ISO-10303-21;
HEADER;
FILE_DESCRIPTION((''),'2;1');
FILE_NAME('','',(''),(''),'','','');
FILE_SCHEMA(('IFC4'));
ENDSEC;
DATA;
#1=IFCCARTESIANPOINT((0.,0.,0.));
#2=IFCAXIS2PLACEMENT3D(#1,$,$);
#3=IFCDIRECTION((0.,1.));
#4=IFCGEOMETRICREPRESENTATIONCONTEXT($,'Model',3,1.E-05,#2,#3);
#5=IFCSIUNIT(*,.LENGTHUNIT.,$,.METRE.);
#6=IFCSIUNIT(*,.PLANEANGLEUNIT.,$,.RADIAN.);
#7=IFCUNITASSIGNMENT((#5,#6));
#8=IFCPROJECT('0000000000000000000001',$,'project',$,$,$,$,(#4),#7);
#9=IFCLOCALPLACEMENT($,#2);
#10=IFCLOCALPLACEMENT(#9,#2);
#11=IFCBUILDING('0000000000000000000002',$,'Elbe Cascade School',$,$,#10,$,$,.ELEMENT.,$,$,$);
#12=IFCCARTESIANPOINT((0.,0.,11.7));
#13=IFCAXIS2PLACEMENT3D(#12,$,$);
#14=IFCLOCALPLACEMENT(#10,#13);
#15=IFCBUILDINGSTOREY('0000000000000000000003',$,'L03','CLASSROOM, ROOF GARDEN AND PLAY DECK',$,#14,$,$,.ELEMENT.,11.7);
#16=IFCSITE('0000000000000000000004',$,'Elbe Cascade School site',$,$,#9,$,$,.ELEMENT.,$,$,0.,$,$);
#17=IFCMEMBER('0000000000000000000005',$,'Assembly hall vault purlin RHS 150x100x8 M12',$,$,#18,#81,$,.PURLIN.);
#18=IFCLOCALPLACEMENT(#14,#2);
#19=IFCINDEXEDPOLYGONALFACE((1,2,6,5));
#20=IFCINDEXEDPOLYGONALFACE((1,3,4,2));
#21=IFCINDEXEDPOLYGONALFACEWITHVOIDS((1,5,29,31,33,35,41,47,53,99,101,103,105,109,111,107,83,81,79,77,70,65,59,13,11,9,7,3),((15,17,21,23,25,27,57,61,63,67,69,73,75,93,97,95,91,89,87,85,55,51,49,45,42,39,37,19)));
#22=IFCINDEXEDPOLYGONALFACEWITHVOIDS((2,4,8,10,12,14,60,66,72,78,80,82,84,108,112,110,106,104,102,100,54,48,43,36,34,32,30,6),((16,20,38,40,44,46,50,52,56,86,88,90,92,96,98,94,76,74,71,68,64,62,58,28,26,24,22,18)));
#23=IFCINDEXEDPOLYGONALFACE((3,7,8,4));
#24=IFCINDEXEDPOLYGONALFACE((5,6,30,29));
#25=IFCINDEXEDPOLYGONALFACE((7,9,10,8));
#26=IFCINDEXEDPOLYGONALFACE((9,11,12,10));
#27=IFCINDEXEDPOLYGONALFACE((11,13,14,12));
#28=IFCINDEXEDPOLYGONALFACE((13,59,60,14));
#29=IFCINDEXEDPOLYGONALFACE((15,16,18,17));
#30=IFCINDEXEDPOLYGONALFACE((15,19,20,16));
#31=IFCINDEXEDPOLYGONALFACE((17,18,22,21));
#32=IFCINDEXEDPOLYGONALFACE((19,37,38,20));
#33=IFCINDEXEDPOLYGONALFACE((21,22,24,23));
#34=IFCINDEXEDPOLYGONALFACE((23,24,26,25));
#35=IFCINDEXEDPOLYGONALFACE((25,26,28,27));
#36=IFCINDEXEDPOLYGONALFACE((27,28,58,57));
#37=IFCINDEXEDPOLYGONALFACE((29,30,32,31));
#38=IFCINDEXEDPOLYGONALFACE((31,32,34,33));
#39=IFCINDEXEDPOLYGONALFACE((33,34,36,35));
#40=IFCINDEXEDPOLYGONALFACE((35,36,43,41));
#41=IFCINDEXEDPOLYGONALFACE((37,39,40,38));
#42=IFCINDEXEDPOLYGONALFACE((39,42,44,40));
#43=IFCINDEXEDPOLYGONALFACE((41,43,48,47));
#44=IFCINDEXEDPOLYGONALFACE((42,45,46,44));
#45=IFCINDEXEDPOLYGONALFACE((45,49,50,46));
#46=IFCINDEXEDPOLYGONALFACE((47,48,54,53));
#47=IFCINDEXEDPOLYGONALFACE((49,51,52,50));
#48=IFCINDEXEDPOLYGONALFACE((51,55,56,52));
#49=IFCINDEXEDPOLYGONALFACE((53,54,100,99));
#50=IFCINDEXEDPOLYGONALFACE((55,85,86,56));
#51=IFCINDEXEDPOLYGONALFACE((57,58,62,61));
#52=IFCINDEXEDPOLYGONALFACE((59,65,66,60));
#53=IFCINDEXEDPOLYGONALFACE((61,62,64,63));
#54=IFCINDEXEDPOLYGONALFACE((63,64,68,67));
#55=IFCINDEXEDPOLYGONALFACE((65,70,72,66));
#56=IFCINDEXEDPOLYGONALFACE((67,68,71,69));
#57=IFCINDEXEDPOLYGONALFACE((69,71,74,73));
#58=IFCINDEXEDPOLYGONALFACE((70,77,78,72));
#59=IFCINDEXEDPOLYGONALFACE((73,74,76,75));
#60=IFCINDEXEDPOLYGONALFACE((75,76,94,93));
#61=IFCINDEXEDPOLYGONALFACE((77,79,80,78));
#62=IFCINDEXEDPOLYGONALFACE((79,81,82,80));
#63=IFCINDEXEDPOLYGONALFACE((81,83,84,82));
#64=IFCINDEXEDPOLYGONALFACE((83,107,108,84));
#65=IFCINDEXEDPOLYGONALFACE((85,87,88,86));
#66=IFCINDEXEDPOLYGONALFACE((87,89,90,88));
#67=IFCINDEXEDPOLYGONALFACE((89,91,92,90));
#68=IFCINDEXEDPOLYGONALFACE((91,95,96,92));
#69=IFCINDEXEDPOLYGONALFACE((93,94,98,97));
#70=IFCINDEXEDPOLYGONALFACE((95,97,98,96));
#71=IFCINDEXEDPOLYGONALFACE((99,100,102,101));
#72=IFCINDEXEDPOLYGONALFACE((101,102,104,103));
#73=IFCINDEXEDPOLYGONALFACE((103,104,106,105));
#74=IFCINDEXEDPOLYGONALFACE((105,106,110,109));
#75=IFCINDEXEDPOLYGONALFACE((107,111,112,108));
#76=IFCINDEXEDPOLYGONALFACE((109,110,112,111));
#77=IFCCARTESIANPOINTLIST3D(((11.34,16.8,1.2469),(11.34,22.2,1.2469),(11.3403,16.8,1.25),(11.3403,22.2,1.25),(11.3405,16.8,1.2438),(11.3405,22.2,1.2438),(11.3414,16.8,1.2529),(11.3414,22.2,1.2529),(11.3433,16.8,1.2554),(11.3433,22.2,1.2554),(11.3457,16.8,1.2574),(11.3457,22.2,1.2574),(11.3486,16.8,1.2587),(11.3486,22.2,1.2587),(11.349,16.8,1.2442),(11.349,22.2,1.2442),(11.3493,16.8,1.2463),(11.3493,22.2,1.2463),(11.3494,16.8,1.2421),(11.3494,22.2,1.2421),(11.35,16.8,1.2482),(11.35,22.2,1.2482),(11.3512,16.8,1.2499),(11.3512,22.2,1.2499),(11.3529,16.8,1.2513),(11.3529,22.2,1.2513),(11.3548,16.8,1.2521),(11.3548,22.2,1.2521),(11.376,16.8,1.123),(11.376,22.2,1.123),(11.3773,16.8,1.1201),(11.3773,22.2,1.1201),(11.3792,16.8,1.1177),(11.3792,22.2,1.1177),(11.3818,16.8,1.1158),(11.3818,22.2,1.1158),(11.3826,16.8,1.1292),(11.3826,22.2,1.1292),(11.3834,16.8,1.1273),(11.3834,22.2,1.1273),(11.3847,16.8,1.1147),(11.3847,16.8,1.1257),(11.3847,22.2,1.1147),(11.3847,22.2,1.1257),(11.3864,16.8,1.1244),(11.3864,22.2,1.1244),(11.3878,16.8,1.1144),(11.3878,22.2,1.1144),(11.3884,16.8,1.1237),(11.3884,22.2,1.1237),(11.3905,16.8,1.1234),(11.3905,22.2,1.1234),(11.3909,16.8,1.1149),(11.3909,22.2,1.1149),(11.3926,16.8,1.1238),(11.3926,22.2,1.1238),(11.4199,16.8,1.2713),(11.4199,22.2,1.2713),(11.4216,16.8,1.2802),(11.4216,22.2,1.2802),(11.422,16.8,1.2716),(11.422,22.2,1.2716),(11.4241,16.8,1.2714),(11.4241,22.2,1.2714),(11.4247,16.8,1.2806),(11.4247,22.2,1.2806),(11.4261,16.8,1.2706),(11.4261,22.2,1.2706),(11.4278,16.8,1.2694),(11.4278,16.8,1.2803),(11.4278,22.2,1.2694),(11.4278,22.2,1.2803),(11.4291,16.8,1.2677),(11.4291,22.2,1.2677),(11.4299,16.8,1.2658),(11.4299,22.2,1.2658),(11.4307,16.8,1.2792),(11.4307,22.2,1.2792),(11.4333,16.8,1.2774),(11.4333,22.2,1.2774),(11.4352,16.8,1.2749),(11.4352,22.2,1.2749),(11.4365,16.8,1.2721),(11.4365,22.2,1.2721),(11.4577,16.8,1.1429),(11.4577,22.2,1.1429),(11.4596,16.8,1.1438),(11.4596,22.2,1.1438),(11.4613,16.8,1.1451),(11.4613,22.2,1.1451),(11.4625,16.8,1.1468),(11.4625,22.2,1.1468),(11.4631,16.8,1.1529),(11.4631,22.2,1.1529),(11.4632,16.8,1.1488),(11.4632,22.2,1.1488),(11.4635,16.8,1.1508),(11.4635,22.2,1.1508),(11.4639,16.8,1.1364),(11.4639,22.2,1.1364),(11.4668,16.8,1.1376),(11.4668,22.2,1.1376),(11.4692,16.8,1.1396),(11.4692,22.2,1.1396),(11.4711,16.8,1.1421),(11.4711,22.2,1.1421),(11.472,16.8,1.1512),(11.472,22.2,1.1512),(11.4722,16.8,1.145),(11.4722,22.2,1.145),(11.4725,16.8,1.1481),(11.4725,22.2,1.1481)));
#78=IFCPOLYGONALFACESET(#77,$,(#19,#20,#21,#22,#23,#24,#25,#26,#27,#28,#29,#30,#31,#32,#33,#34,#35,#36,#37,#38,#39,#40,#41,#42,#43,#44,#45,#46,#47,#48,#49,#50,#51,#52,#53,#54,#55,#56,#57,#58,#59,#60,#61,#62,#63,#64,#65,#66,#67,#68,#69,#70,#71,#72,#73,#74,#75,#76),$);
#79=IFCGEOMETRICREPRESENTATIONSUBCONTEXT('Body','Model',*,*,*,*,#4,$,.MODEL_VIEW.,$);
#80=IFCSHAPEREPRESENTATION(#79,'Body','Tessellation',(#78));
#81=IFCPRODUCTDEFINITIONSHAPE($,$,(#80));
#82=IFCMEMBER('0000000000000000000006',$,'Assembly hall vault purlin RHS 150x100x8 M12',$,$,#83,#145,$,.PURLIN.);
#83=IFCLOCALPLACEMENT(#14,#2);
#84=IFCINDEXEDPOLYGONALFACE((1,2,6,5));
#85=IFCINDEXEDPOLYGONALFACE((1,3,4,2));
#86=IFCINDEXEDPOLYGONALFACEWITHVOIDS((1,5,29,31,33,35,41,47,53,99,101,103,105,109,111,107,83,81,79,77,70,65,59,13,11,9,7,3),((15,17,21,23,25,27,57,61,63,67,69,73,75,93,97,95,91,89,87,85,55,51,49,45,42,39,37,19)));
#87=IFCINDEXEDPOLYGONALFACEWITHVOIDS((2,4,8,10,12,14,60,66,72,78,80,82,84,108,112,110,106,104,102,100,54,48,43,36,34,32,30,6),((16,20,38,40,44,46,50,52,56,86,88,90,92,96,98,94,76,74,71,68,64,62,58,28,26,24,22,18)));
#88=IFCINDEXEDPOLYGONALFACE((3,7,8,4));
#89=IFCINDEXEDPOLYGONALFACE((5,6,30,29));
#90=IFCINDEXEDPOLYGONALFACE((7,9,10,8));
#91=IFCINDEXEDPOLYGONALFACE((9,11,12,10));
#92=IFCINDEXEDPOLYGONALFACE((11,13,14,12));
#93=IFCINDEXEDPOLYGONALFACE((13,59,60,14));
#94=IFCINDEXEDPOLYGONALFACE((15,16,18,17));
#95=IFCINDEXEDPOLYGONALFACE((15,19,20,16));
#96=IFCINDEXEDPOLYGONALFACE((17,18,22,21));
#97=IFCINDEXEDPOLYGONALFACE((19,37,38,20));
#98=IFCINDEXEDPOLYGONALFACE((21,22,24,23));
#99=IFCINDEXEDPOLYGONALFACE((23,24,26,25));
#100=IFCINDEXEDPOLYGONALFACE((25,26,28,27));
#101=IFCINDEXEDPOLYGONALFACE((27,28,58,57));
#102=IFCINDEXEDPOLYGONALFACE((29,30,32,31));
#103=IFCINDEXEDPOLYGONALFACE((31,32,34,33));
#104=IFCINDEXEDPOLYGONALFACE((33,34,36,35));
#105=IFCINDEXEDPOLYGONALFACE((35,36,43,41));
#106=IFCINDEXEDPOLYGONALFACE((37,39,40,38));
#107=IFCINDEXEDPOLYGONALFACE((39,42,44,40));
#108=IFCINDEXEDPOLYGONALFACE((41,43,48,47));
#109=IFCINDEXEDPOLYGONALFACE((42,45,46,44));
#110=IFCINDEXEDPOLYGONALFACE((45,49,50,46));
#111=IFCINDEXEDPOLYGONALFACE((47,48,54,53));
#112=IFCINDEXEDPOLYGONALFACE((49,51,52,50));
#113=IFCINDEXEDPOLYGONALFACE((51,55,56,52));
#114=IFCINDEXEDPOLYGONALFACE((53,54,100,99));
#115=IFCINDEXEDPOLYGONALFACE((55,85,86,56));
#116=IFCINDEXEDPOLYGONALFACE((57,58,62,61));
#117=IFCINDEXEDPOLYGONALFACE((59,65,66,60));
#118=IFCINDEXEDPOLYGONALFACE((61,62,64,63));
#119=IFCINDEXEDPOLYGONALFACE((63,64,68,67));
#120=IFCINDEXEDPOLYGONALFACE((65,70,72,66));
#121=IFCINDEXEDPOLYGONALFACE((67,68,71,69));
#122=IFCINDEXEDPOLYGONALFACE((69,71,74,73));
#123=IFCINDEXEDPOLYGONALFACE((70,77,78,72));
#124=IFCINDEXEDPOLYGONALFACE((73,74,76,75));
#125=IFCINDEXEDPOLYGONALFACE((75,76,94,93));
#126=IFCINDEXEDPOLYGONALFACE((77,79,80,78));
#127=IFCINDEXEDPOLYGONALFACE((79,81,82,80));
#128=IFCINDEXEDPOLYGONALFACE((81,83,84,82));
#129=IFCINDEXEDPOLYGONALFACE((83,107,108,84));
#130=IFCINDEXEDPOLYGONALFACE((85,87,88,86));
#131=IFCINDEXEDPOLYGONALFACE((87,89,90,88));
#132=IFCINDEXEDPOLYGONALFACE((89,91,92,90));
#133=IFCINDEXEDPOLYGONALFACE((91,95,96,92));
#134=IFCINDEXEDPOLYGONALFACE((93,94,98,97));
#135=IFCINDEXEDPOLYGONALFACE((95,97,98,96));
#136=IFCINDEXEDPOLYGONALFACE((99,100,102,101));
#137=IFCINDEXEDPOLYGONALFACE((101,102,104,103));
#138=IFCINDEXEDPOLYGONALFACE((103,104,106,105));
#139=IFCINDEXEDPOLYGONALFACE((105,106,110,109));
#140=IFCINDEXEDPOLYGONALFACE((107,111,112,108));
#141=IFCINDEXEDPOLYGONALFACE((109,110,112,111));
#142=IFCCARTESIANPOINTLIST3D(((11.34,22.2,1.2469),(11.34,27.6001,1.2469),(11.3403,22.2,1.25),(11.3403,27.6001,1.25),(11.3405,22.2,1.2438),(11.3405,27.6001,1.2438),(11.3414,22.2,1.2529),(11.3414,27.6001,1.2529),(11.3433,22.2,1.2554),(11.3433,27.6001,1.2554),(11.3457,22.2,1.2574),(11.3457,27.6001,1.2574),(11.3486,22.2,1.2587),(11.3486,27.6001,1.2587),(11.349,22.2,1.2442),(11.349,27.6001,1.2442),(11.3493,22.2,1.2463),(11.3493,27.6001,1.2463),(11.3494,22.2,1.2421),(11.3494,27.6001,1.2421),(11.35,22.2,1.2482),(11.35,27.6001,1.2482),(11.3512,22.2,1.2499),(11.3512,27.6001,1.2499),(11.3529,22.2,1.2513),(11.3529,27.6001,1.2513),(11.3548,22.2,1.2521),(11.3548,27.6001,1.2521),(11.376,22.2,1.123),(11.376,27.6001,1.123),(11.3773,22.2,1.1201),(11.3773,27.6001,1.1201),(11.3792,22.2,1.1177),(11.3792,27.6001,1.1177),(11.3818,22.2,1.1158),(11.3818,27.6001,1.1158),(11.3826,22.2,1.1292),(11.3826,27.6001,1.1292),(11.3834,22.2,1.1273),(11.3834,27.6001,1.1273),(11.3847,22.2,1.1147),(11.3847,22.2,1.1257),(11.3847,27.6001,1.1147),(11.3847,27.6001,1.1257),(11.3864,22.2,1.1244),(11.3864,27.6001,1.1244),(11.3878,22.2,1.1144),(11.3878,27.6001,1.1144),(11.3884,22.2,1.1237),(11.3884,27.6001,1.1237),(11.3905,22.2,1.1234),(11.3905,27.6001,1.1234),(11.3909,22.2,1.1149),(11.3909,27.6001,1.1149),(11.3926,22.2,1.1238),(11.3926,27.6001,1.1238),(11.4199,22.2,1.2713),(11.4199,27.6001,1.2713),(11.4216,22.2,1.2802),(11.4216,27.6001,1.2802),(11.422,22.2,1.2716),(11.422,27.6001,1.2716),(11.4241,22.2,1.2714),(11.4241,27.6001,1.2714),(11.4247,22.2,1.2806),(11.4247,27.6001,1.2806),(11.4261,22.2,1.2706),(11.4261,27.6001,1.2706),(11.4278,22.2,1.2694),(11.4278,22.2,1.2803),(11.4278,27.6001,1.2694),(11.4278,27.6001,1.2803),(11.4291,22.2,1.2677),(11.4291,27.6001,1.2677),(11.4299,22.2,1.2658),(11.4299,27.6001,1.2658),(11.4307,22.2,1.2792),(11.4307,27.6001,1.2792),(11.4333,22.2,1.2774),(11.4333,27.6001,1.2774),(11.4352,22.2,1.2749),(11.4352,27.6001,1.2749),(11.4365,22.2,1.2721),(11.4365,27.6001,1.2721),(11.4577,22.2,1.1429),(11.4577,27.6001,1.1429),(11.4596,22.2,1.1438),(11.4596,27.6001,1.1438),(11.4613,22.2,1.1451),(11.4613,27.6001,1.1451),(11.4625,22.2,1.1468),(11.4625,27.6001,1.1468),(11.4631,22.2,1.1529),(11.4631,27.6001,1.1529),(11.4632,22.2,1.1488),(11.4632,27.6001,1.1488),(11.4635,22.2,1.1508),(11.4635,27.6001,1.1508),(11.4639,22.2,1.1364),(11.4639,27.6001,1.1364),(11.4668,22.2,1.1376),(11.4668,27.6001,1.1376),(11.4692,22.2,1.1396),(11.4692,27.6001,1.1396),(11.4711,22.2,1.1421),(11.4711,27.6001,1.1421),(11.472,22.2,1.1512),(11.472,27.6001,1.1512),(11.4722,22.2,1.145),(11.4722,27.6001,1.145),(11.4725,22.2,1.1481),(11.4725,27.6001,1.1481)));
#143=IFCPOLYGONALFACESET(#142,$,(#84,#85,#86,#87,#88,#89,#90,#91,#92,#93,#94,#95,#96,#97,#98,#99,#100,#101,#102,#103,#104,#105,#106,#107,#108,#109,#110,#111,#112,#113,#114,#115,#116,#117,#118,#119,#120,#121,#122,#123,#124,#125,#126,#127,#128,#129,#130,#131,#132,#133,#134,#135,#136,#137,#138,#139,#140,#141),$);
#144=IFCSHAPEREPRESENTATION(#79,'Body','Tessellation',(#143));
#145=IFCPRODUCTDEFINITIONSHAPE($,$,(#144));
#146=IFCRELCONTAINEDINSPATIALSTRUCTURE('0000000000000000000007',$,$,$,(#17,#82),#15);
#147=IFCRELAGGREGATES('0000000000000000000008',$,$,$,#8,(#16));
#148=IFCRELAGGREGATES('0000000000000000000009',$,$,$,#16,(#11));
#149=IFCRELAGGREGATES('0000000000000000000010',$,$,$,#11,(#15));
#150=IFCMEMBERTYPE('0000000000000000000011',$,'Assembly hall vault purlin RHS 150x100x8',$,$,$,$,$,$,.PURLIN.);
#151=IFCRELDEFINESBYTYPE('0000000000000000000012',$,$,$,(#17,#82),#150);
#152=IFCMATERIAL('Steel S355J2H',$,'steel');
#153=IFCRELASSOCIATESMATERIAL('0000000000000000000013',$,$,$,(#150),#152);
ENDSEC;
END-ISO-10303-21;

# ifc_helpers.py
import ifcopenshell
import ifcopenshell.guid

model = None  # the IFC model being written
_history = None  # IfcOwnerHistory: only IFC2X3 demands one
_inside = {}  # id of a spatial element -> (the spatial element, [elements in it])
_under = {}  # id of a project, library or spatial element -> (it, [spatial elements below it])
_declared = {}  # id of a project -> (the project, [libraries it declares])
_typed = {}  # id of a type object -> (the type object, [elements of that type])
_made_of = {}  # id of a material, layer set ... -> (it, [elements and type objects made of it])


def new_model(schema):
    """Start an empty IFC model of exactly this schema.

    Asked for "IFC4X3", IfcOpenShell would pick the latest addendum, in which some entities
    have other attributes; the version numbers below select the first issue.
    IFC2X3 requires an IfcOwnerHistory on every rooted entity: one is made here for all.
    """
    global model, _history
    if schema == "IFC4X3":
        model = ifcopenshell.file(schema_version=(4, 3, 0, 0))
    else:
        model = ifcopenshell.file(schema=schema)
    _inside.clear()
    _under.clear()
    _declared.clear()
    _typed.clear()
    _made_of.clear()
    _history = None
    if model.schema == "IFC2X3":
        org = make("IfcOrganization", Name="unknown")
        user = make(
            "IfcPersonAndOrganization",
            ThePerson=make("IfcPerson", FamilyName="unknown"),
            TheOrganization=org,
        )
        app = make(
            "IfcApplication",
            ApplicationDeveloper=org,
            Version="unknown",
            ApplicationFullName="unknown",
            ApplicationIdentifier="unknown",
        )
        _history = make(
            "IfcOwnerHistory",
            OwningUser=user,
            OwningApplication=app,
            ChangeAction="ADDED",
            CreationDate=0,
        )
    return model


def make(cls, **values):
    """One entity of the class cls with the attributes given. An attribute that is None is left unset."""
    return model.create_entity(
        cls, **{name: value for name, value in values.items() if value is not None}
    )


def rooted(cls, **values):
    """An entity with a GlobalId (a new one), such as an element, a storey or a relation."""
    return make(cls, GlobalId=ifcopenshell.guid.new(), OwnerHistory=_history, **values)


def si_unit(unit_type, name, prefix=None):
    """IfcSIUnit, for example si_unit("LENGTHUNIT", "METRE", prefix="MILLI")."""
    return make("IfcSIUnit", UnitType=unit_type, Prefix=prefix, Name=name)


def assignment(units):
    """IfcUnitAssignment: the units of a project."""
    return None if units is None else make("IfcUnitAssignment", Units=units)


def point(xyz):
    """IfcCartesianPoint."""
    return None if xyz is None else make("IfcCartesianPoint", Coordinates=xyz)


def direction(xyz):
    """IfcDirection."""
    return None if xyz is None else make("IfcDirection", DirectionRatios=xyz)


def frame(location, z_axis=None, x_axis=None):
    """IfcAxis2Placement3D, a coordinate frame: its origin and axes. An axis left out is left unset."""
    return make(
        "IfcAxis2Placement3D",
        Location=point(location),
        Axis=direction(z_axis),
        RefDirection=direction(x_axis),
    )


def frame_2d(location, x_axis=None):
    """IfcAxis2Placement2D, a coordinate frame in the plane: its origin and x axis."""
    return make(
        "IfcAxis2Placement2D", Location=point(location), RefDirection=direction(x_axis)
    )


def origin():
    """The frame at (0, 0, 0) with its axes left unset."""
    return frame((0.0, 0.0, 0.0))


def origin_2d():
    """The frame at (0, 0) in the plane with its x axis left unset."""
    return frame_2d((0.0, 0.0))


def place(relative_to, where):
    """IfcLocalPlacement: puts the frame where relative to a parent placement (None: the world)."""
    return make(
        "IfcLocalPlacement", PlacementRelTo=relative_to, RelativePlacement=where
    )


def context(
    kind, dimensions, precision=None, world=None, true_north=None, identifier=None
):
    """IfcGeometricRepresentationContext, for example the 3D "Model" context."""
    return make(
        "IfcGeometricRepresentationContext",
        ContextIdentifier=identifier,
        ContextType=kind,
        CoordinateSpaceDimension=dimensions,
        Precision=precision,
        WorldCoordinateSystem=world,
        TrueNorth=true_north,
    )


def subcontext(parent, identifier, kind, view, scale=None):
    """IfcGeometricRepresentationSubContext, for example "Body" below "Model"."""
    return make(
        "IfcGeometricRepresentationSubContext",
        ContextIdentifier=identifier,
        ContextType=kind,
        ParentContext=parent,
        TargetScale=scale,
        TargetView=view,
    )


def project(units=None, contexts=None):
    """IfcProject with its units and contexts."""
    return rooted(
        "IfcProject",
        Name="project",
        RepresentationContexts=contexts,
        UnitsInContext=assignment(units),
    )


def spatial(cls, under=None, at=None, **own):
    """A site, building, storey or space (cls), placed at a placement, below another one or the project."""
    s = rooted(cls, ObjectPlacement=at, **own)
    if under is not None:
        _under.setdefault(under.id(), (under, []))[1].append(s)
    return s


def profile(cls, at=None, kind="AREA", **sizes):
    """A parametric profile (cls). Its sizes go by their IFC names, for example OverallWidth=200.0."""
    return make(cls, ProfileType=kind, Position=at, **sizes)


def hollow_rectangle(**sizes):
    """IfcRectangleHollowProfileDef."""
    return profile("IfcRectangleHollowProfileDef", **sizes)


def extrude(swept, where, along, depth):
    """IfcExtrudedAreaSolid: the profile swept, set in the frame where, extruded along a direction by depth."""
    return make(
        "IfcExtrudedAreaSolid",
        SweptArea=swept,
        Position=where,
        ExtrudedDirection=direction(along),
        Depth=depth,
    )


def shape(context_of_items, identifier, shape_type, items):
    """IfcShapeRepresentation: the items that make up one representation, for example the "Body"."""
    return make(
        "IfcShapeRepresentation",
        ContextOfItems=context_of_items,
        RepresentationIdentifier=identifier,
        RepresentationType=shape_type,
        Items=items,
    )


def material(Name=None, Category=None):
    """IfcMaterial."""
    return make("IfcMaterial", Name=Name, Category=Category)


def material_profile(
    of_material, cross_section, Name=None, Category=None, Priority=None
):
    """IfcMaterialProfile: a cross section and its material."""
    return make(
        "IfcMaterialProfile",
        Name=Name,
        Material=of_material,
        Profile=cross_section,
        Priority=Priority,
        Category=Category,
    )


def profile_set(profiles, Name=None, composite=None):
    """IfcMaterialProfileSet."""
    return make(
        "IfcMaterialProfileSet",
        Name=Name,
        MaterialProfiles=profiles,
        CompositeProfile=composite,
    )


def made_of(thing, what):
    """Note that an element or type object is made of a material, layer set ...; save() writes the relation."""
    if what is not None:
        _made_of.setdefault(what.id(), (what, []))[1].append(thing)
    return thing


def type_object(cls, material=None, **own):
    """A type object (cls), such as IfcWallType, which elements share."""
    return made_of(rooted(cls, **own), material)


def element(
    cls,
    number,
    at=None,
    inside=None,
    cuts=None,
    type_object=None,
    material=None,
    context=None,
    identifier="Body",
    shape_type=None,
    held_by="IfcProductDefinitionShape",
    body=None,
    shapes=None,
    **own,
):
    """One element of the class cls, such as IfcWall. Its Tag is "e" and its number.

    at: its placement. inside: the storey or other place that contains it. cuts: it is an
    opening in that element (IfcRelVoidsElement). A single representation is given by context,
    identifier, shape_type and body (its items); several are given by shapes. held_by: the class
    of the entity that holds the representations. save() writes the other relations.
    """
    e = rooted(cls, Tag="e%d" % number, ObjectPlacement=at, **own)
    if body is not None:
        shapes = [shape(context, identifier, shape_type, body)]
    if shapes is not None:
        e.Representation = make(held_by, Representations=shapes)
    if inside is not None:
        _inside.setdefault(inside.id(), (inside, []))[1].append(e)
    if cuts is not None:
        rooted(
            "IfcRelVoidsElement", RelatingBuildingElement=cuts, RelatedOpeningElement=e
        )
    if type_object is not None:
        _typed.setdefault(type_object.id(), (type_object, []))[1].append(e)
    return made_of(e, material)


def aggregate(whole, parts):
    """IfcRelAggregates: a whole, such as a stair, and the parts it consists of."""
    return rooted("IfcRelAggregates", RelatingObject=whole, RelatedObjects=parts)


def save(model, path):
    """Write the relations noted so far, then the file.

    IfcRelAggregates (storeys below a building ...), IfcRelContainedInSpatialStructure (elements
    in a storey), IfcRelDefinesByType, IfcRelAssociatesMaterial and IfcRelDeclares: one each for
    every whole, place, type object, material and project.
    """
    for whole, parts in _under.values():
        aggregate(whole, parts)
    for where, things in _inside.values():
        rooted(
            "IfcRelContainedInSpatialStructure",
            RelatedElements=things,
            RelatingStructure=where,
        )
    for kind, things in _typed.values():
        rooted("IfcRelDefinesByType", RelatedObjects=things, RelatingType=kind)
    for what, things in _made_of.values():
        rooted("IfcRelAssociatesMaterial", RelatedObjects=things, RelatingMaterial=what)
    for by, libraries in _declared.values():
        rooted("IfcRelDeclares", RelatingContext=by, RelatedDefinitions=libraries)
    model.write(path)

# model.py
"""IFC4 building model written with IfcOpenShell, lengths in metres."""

from ifc_helpers import new_model, si_unit, direction, frame, origin, origin_2d, place, context, subcontext, project, spatial, hollow_rectangle, extrude, material, material_profile, profile_set, type_object, element, save


model = new_model("IFC4")

# Units and contexts
model_context = context("Model", 3, precision=1e-05, world=origin(), true_north=direction((0.0, 1.0)))
body_context = subcontext(model_context, "Body", "Model", "MODEL_VIEW")
ifc_project = project(units=[si_unit("LENGTHUNIT", "METRE"), si_unit("PLANEANGLEUNIT", "RADIAN")], contexts=[model_context])

# Site, building, storey
site_placement = place(None, origin())
site = spatial("IfcSite", under=ifc_project, at=site_placement, Name="Elbe Cascade School site", CompositionType="ELEMENT", RefElevation=0.0)
building_placement = place(site_placement, origin())
building = spatial("IfcBuilding", under=site, at=building_placement, Name="Elbe Cascade School", CompositionType="ELEMENT")
storey_placement = place(building_placement, frame((0.0, 0.0, 11.7)))
storey = spatial("IfcBuildingStorey", under=building, at=storey_placement, Name="L03", Description="CLASSROOM, ROOF GARDEN AND PLAY DECK", CompositionType="ELEMENT", Elevation=11.7)

# Members
ifc_material_1 = material(Name="Steel S355J2H", Category="steel")
ifc_material_profile_1 = material_profile(ifc_material_1, hollow_rectangle(XDim=0.1001, YDim=0.1499, WallThickness=0.0081, InnerFilletRadius=0.0081, OuterFilletRadius=0.012, at=origin_2d()), Name="RHS 150x100x8")
ifc_profile_set_1 = profile_set([ifc_material_profile_1], Name="Steel S355J2H")
member_type_1 = type_object("IfcMemberType", Name="Assembly hall vault purlin RHS 150x100x8", PredefinedType="PURLIN", material=ifc_profile_set_1)
member_1_placement = place(storey_placement, frame((11.4062, 16.8, 1.1975), z_axis=(0.0, 1.0, 0.0), x_axis=(-0.959321, 0.0, -0.282318)))
element("IfcMember", 1, at=member_1_placement, inside=storey, type_object=member_type_1, Name="Assembly hall vault purlin RHS 150x100x8 M12", PredefinedType="PURLIN", context=body_context, shape_type="SweptSolid", body=[
    extrude(hollow_rectangle(XDim=0.1001, YDim=0.1499, WallThickness=0.0081, InnerFilletRadius=0.0081, OuterFilletRadius=0.012, at=origin_2d()), origin(), (0.0, 0.0, 1.0), 5.3999),
])
member_2_placement = place(storey_placement, frame((11.4062, 22.2, 1.1975), z_axis=(0.0, 1.0, 0.0), x_axis=(-0.959321, 0.0, -0.282318)))
element("IfcMember", 2, at=member_2_placement, inside=storey, type_object=member_type_1, Name="Assembly hall vault purlin RHS 150x100x8 M12", PredefinedType="PURLIN", context=body_context, shape_type="SweptSolid", body=[
    extrude(hollow_rectangle(XDim=0.1001, YDim=0.1499, WallThickness=0.0081, InnerFilletRadius=0.0081, OuterFilletRadius=0.012, at=origin_2d()), origin(), (0.0, 0.0, 1.0), 5.4001),
])

save(model, "model.ifc")
